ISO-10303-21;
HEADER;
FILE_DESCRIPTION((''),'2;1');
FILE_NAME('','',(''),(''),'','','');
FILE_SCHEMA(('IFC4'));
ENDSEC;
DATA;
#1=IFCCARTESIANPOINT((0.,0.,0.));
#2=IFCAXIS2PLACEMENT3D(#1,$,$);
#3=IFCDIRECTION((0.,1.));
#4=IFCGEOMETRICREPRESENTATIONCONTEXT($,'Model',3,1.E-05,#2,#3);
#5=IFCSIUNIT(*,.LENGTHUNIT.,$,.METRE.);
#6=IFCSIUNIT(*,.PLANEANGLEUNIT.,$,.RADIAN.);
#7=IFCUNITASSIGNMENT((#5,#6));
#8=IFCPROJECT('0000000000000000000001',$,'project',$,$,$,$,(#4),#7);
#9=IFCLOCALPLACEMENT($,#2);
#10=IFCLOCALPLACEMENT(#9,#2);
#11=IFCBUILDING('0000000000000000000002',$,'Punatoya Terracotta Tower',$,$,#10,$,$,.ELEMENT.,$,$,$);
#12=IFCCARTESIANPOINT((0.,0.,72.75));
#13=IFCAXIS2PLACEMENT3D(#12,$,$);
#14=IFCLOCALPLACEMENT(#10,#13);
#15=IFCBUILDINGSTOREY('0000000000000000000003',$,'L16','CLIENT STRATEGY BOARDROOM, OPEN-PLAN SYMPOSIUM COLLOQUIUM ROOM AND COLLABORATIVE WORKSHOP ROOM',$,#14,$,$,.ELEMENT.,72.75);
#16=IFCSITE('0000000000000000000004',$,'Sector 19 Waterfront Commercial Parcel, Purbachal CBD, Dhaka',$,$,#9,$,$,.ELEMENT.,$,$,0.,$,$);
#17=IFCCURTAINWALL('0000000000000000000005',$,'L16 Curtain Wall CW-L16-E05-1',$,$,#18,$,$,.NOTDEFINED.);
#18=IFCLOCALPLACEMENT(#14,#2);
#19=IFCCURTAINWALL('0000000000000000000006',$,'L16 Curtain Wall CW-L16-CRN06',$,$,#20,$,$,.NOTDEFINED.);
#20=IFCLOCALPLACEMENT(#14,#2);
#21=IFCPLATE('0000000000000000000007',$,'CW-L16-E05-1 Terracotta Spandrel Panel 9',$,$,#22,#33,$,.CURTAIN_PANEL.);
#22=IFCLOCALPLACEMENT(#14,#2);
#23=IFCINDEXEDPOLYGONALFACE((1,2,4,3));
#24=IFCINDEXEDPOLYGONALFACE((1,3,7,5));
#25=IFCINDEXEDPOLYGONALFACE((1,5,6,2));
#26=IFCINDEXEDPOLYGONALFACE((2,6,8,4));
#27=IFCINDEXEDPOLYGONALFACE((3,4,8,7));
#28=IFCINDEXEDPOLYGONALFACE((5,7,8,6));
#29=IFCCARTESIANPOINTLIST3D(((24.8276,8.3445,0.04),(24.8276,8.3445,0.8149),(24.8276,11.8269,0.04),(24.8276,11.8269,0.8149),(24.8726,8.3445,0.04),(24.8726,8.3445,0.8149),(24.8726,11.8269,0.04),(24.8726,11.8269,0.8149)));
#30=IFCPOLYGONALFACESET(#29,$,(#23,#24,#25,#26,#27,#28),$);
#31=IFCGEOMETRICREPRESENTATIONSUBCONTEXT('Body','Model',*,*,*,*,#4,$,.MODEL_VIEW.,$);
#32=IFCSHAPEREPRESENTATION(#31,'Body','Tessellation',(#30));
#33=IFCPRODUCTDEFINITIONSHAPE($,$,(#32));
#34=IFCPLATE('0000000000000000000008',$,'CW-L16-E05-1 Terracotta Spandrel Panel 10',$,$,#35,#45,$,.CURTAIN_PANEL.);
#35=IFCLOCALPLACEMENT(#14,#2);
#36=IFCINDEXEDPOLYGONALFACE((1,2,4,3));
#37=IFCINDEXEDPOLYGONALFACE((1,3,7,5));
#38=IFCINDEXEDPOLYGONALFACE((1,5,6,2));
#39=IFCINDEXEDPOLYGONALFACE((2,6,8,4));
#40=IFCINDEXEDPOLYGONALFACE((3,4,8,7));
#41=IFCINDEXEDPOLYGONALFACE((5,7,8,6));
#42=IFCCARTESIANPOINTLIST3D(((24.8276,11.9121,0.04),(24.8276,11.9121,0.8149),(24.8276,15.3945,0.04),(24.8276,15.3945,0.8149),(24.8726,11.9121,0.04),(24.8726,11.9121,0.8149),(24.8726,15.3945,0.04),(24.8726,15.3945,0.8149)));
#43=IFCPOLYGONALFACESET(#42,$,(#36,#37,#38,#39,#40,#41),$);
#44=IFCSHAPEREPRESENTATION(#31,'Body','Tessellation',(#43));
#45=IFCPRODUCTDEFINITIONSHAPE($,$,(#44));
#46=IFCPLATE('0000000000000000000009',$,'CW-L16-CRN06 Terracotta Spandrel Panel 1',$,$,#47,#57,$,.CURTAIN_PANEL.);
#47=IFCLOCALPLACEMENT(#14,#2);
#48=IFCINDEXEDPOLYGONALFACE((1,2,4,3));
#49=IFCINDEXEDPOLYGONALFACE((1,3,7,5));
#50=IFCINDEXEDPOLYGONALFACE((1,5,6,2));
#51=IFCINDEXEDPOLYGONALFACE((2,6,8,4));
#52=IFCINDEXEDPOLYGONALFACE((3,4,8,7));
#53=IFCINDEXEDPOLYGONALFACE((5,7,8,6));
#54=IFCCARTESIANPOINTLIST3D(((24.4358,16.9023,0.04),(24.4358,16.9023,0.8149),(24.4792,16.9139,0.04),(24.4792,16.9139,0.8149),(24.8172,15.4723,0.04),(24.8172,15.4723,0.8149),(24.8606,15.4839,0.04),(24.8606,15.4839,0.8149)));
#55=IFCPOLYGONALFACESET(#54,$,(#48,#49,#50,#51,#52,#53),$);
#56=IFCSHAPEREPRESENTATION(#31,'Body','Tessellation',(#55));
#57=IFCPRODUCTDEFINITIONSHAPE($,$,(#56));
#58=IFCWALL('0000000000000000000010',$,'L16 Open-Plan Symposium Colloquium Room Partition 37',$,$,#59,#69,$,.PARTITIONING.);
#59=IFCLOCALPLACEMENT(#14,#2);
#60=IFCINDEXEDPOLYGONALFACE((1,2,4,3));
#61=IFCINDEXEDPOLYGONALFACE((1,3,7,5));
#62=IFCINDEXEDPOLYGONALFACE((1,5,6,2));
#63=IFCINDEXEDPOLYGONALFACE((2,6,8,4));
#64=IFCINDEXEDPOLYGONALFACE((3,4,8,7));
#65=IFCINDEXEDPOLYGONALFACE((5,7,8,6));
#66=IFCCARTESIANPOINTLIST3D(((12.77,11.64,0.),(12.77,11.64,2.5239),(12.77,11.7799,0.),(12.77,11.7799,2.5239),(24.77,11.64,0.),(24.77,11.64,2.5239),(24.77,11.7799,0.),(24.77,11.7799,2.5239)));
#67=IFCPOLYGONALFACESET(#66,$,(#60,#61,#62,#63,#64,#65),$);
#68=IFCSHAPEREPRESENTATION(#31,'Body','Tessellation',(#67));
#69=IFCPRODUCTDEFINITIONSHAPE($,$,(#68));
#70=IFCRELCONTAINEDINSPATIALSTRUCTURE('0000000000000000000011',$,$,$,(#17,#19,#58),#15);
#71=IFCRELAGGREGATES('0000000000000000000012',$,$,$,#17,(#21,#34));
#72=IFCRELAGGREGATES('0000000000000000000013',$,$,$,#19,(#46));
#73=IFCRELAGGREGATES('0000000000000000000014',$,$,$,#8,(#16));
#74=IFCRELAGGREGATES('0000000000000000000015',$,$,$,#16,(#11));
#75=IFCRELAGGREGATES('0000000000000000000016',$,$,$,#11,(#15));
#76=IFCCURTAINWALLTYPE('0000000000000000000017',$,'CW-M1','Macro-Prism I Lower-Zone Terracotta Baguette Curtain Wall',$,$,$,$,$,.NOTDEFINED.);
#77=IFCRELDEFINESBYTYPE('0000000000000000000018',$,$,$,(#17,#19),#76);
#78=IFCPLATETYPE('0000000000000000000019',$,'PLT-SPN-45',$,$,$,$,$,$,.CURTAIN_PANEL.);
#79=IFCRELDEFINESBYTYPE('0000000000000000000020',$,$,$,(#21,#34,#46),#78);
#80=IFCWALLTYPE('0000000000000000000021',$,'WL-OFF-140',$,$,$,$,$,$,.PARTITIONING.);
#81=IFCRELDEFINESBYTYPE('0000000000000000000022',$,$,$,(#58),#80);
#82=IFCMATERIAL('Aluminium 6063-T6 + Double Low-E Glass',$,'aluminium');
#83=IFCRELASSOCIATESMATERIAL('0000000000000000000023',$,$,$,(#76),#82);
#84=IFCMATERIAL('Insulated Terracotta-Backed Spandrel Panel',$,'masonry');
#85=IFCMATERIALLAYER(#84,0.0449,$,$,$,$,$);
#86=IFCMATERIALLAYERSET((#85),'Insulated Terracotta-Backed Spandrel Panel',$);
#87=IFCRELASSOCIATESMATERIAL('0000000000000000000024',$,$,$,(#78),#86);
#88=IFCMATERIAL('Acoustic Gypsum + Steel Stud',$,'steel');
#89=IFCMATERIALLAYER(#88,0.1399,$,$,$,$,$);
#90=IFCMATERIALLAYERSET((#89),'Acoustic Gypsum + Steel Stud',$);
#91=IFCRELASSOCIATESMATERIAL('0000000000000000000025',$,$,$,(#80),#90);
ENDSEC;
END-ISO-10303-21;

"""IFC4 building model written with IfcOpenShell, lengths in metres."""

from ifc_helpers import new_model, si_unit, direction, frame, frame_2d, origin, origin_2d, place, context, subcontext, project, spatial, rectangle, extrude, material, layer, layer_set, type_object, element, aggregate, save


model = new_model("IFC4")

# Units and contexts
model_context = context("Model", 3, precision=1e-05, world=origin(), true_north=direction((0.0, 1.0)))
body_context = subcontext(model_context, "Body", "Model", "MODEL_VIEW")
ifc_project = project(units=[si_unit("LENGTHUNIT", "METRE"), si_unit("PLANEANGLEUNIT", "RADIAN")], contexts=[model_context])

# Site, building, storey
site_placement = place(None, origin())
site = spatial("IfcSite", under=ifc_project, at=site_placement, Name="Sector 19 Waterfront Commercial Parcel, Purbachal CBD, Dhaka", CompositionType="ELEMENT", RefElevation=0.0)
building_placement = place(site_placement, origin())
building = spatial("IfcBuilding", under=site, at=building_placement, Name="Punatoya Terracotta Tower", CompositionType="ELEMENT")
storey_placement = place(building_placement, frame((0.0, 0.0, 72.75)))
storey = spatial("IfcBuildingStorey", under=building, at=storey_placement, Name="L16", Description="CLIENT STRATEGY BOARDROOM, OPEN-PLAN SYMPOSIUM COLLOQUIUM ROOM AND COLLABORATIVE WORKSHOP ROOM", CompositionType="ELEMENT", Elevation=72.75)

# Curtain walls
ifc_material_1 = material(Name="Aluminium 6063-T6 + Double Low-E Glass", Category="aluminium")
curtain_wall_type = type_object("IfcCurtainWallType", Name="CW-M1", Description="Macro-Prism I Lower-Zone Terracotta Baguette Curtain Wall", PredefinedType="NOTDEFINED", material=ifc_material_1)
curtain_wall_1_placement = place(storey_placement, origin())
curtain_wall_1 = element("IfcCurtainWall", 1, at=curtain_wall_1_placement, inside=storey, type_object=curtain_wall_type, Name="L16 Curtain Wall CW-L16-E05-1", PredefinedType="NOTDEFINED")
curtain_wall_2_placement = place(storey_placement, origin())
curtain_wall_2 = element("IfcCurtainWall", 2, at=curtain_wall_2_placement, inside=storey, type_object=curtain_wall_type, Name="L16 Curtain Wall CW-L16-CRN06", PredefinedType="NOTDEFINED")

# Plates
ifc_material_2 = material(Name="Insulated Terracotta-Backed Spandrel Panel", Category="masonry")
ifc_layer_1 = layer(ifc_material_2, 0.0449)
ifc_layer_set_1 = layer_set([ifc_layer_1], Name="Insulated Terracotta-Backed Spandrel Panel")
plate_type_1 = type_object("IfcPlateType", Name="PLT-SPN-45", PredefinedType="CURTAIN_PANEL", material=ifc_layer_set_1)
plate_1_placement = place(storey_placement, frame((24.8501, 10.0857, 0.04), z_axis=(0.0, 0.0, 1.0), x_axis=(0.0, 1.0, 0.0)))
plate_1 = element("IfcPlate", 3, at=plate_1_placement, type_object=plate_type_1, Name="CW-L16-E05-1 Terracotta Spandrel Panel 9", PredefinedType="CURTAIN_PANEL", context=body_context, shape_type="SweptSolid", body=[
    extrude(rectangle(XDim=3.4824, YDim=0.0449, at=origin_2d()), origin(), (0.0, 0.0, 1.0), 0.7749),
])
plate_2_placement = place(storey_placement, frame((24.8501, 13.6533, 0.04), z_axis=(0.0, 0.0, 1.0), x_axis=(0.0, 1.0, 0.0)))
plate_2 = element("IfcPlate", 4, at=plate_2_placement, type_object=plate_type_1, Name="CW-L16-E05-1 Terracotta Spandrel Panel 10", PredefinedType="CURTAIN_PANEL", context=body_context, shape_type="SweptSolid", body=[
    extrude(rectangle(XDim=3.4824, YDim=0.0449, at=origin_2d()), origin(), (0.0, 0.0, 1.0), 0.7749),
])
aggregate(curtain_wall_1, [plate_1, plate_2])
plate_3_placement = place(storey_placement, frame((24.6482, 16.1931, 0.04), z_axis=(0.0, 0.0, 1.0), x_axis=(-0.257742, 0.966214, 0.0)))
plate_3 = element("IfcPlate", 5, at=plate_3_placement, type_object=plate_type_1, Name="CW-L16-CRN06 Terracotta Spandrel Panel 1", PredefinedType="CURTAIN_PANEL", context=body_context, shape_type="SweptSolid", body=[
    extrude(rectangle(XDim=1.48, YDim=0.0449, at=origin_2d()), origin(), (0.0, 0.0, 1.0), 0.7749),
])
aggregate(curtain_wall_2, [plate_3])

# Wall
ifc_material_3 = material(Name="Acoustic Gypsum + Steel Stud", Category="steel")
ifc_layer_2 = layer(ifc_material_3, 0.1399)
ifc_layer_set_2 = layer_set([ifc_layer_2], Name="Acoustic Gypsum + Steel Stud")
wall_type = type_object("IfcWallType", Name="WL-OFF-140", PredefinedType="PARTITIONING", material=ifc_layer_set_2)
wall_placement = place(storey_placement, frame((24.77, 11.71, 0.0), z_axis=(0.0, 0.0, 1.0), x_axis=(-1.0, 0.0, 0.0)))
element("IfcWall", 6, at=wall_placement, inside=storey, type_object=wall_type, Name="L16 Open-Plan Symposium Colloquium Room Partition 37", PredefinedType="PARTITIONING", context=body_context, shape_type="SweptSolid", body=[
    extrude(rectangle(XDim=12.0, YDim=0.1399, at=frame_2d((6.0, 0.0))), origin(), (0.0, 0.0, 1.0), 2.5239),
])

save(model, "model.ifc")
